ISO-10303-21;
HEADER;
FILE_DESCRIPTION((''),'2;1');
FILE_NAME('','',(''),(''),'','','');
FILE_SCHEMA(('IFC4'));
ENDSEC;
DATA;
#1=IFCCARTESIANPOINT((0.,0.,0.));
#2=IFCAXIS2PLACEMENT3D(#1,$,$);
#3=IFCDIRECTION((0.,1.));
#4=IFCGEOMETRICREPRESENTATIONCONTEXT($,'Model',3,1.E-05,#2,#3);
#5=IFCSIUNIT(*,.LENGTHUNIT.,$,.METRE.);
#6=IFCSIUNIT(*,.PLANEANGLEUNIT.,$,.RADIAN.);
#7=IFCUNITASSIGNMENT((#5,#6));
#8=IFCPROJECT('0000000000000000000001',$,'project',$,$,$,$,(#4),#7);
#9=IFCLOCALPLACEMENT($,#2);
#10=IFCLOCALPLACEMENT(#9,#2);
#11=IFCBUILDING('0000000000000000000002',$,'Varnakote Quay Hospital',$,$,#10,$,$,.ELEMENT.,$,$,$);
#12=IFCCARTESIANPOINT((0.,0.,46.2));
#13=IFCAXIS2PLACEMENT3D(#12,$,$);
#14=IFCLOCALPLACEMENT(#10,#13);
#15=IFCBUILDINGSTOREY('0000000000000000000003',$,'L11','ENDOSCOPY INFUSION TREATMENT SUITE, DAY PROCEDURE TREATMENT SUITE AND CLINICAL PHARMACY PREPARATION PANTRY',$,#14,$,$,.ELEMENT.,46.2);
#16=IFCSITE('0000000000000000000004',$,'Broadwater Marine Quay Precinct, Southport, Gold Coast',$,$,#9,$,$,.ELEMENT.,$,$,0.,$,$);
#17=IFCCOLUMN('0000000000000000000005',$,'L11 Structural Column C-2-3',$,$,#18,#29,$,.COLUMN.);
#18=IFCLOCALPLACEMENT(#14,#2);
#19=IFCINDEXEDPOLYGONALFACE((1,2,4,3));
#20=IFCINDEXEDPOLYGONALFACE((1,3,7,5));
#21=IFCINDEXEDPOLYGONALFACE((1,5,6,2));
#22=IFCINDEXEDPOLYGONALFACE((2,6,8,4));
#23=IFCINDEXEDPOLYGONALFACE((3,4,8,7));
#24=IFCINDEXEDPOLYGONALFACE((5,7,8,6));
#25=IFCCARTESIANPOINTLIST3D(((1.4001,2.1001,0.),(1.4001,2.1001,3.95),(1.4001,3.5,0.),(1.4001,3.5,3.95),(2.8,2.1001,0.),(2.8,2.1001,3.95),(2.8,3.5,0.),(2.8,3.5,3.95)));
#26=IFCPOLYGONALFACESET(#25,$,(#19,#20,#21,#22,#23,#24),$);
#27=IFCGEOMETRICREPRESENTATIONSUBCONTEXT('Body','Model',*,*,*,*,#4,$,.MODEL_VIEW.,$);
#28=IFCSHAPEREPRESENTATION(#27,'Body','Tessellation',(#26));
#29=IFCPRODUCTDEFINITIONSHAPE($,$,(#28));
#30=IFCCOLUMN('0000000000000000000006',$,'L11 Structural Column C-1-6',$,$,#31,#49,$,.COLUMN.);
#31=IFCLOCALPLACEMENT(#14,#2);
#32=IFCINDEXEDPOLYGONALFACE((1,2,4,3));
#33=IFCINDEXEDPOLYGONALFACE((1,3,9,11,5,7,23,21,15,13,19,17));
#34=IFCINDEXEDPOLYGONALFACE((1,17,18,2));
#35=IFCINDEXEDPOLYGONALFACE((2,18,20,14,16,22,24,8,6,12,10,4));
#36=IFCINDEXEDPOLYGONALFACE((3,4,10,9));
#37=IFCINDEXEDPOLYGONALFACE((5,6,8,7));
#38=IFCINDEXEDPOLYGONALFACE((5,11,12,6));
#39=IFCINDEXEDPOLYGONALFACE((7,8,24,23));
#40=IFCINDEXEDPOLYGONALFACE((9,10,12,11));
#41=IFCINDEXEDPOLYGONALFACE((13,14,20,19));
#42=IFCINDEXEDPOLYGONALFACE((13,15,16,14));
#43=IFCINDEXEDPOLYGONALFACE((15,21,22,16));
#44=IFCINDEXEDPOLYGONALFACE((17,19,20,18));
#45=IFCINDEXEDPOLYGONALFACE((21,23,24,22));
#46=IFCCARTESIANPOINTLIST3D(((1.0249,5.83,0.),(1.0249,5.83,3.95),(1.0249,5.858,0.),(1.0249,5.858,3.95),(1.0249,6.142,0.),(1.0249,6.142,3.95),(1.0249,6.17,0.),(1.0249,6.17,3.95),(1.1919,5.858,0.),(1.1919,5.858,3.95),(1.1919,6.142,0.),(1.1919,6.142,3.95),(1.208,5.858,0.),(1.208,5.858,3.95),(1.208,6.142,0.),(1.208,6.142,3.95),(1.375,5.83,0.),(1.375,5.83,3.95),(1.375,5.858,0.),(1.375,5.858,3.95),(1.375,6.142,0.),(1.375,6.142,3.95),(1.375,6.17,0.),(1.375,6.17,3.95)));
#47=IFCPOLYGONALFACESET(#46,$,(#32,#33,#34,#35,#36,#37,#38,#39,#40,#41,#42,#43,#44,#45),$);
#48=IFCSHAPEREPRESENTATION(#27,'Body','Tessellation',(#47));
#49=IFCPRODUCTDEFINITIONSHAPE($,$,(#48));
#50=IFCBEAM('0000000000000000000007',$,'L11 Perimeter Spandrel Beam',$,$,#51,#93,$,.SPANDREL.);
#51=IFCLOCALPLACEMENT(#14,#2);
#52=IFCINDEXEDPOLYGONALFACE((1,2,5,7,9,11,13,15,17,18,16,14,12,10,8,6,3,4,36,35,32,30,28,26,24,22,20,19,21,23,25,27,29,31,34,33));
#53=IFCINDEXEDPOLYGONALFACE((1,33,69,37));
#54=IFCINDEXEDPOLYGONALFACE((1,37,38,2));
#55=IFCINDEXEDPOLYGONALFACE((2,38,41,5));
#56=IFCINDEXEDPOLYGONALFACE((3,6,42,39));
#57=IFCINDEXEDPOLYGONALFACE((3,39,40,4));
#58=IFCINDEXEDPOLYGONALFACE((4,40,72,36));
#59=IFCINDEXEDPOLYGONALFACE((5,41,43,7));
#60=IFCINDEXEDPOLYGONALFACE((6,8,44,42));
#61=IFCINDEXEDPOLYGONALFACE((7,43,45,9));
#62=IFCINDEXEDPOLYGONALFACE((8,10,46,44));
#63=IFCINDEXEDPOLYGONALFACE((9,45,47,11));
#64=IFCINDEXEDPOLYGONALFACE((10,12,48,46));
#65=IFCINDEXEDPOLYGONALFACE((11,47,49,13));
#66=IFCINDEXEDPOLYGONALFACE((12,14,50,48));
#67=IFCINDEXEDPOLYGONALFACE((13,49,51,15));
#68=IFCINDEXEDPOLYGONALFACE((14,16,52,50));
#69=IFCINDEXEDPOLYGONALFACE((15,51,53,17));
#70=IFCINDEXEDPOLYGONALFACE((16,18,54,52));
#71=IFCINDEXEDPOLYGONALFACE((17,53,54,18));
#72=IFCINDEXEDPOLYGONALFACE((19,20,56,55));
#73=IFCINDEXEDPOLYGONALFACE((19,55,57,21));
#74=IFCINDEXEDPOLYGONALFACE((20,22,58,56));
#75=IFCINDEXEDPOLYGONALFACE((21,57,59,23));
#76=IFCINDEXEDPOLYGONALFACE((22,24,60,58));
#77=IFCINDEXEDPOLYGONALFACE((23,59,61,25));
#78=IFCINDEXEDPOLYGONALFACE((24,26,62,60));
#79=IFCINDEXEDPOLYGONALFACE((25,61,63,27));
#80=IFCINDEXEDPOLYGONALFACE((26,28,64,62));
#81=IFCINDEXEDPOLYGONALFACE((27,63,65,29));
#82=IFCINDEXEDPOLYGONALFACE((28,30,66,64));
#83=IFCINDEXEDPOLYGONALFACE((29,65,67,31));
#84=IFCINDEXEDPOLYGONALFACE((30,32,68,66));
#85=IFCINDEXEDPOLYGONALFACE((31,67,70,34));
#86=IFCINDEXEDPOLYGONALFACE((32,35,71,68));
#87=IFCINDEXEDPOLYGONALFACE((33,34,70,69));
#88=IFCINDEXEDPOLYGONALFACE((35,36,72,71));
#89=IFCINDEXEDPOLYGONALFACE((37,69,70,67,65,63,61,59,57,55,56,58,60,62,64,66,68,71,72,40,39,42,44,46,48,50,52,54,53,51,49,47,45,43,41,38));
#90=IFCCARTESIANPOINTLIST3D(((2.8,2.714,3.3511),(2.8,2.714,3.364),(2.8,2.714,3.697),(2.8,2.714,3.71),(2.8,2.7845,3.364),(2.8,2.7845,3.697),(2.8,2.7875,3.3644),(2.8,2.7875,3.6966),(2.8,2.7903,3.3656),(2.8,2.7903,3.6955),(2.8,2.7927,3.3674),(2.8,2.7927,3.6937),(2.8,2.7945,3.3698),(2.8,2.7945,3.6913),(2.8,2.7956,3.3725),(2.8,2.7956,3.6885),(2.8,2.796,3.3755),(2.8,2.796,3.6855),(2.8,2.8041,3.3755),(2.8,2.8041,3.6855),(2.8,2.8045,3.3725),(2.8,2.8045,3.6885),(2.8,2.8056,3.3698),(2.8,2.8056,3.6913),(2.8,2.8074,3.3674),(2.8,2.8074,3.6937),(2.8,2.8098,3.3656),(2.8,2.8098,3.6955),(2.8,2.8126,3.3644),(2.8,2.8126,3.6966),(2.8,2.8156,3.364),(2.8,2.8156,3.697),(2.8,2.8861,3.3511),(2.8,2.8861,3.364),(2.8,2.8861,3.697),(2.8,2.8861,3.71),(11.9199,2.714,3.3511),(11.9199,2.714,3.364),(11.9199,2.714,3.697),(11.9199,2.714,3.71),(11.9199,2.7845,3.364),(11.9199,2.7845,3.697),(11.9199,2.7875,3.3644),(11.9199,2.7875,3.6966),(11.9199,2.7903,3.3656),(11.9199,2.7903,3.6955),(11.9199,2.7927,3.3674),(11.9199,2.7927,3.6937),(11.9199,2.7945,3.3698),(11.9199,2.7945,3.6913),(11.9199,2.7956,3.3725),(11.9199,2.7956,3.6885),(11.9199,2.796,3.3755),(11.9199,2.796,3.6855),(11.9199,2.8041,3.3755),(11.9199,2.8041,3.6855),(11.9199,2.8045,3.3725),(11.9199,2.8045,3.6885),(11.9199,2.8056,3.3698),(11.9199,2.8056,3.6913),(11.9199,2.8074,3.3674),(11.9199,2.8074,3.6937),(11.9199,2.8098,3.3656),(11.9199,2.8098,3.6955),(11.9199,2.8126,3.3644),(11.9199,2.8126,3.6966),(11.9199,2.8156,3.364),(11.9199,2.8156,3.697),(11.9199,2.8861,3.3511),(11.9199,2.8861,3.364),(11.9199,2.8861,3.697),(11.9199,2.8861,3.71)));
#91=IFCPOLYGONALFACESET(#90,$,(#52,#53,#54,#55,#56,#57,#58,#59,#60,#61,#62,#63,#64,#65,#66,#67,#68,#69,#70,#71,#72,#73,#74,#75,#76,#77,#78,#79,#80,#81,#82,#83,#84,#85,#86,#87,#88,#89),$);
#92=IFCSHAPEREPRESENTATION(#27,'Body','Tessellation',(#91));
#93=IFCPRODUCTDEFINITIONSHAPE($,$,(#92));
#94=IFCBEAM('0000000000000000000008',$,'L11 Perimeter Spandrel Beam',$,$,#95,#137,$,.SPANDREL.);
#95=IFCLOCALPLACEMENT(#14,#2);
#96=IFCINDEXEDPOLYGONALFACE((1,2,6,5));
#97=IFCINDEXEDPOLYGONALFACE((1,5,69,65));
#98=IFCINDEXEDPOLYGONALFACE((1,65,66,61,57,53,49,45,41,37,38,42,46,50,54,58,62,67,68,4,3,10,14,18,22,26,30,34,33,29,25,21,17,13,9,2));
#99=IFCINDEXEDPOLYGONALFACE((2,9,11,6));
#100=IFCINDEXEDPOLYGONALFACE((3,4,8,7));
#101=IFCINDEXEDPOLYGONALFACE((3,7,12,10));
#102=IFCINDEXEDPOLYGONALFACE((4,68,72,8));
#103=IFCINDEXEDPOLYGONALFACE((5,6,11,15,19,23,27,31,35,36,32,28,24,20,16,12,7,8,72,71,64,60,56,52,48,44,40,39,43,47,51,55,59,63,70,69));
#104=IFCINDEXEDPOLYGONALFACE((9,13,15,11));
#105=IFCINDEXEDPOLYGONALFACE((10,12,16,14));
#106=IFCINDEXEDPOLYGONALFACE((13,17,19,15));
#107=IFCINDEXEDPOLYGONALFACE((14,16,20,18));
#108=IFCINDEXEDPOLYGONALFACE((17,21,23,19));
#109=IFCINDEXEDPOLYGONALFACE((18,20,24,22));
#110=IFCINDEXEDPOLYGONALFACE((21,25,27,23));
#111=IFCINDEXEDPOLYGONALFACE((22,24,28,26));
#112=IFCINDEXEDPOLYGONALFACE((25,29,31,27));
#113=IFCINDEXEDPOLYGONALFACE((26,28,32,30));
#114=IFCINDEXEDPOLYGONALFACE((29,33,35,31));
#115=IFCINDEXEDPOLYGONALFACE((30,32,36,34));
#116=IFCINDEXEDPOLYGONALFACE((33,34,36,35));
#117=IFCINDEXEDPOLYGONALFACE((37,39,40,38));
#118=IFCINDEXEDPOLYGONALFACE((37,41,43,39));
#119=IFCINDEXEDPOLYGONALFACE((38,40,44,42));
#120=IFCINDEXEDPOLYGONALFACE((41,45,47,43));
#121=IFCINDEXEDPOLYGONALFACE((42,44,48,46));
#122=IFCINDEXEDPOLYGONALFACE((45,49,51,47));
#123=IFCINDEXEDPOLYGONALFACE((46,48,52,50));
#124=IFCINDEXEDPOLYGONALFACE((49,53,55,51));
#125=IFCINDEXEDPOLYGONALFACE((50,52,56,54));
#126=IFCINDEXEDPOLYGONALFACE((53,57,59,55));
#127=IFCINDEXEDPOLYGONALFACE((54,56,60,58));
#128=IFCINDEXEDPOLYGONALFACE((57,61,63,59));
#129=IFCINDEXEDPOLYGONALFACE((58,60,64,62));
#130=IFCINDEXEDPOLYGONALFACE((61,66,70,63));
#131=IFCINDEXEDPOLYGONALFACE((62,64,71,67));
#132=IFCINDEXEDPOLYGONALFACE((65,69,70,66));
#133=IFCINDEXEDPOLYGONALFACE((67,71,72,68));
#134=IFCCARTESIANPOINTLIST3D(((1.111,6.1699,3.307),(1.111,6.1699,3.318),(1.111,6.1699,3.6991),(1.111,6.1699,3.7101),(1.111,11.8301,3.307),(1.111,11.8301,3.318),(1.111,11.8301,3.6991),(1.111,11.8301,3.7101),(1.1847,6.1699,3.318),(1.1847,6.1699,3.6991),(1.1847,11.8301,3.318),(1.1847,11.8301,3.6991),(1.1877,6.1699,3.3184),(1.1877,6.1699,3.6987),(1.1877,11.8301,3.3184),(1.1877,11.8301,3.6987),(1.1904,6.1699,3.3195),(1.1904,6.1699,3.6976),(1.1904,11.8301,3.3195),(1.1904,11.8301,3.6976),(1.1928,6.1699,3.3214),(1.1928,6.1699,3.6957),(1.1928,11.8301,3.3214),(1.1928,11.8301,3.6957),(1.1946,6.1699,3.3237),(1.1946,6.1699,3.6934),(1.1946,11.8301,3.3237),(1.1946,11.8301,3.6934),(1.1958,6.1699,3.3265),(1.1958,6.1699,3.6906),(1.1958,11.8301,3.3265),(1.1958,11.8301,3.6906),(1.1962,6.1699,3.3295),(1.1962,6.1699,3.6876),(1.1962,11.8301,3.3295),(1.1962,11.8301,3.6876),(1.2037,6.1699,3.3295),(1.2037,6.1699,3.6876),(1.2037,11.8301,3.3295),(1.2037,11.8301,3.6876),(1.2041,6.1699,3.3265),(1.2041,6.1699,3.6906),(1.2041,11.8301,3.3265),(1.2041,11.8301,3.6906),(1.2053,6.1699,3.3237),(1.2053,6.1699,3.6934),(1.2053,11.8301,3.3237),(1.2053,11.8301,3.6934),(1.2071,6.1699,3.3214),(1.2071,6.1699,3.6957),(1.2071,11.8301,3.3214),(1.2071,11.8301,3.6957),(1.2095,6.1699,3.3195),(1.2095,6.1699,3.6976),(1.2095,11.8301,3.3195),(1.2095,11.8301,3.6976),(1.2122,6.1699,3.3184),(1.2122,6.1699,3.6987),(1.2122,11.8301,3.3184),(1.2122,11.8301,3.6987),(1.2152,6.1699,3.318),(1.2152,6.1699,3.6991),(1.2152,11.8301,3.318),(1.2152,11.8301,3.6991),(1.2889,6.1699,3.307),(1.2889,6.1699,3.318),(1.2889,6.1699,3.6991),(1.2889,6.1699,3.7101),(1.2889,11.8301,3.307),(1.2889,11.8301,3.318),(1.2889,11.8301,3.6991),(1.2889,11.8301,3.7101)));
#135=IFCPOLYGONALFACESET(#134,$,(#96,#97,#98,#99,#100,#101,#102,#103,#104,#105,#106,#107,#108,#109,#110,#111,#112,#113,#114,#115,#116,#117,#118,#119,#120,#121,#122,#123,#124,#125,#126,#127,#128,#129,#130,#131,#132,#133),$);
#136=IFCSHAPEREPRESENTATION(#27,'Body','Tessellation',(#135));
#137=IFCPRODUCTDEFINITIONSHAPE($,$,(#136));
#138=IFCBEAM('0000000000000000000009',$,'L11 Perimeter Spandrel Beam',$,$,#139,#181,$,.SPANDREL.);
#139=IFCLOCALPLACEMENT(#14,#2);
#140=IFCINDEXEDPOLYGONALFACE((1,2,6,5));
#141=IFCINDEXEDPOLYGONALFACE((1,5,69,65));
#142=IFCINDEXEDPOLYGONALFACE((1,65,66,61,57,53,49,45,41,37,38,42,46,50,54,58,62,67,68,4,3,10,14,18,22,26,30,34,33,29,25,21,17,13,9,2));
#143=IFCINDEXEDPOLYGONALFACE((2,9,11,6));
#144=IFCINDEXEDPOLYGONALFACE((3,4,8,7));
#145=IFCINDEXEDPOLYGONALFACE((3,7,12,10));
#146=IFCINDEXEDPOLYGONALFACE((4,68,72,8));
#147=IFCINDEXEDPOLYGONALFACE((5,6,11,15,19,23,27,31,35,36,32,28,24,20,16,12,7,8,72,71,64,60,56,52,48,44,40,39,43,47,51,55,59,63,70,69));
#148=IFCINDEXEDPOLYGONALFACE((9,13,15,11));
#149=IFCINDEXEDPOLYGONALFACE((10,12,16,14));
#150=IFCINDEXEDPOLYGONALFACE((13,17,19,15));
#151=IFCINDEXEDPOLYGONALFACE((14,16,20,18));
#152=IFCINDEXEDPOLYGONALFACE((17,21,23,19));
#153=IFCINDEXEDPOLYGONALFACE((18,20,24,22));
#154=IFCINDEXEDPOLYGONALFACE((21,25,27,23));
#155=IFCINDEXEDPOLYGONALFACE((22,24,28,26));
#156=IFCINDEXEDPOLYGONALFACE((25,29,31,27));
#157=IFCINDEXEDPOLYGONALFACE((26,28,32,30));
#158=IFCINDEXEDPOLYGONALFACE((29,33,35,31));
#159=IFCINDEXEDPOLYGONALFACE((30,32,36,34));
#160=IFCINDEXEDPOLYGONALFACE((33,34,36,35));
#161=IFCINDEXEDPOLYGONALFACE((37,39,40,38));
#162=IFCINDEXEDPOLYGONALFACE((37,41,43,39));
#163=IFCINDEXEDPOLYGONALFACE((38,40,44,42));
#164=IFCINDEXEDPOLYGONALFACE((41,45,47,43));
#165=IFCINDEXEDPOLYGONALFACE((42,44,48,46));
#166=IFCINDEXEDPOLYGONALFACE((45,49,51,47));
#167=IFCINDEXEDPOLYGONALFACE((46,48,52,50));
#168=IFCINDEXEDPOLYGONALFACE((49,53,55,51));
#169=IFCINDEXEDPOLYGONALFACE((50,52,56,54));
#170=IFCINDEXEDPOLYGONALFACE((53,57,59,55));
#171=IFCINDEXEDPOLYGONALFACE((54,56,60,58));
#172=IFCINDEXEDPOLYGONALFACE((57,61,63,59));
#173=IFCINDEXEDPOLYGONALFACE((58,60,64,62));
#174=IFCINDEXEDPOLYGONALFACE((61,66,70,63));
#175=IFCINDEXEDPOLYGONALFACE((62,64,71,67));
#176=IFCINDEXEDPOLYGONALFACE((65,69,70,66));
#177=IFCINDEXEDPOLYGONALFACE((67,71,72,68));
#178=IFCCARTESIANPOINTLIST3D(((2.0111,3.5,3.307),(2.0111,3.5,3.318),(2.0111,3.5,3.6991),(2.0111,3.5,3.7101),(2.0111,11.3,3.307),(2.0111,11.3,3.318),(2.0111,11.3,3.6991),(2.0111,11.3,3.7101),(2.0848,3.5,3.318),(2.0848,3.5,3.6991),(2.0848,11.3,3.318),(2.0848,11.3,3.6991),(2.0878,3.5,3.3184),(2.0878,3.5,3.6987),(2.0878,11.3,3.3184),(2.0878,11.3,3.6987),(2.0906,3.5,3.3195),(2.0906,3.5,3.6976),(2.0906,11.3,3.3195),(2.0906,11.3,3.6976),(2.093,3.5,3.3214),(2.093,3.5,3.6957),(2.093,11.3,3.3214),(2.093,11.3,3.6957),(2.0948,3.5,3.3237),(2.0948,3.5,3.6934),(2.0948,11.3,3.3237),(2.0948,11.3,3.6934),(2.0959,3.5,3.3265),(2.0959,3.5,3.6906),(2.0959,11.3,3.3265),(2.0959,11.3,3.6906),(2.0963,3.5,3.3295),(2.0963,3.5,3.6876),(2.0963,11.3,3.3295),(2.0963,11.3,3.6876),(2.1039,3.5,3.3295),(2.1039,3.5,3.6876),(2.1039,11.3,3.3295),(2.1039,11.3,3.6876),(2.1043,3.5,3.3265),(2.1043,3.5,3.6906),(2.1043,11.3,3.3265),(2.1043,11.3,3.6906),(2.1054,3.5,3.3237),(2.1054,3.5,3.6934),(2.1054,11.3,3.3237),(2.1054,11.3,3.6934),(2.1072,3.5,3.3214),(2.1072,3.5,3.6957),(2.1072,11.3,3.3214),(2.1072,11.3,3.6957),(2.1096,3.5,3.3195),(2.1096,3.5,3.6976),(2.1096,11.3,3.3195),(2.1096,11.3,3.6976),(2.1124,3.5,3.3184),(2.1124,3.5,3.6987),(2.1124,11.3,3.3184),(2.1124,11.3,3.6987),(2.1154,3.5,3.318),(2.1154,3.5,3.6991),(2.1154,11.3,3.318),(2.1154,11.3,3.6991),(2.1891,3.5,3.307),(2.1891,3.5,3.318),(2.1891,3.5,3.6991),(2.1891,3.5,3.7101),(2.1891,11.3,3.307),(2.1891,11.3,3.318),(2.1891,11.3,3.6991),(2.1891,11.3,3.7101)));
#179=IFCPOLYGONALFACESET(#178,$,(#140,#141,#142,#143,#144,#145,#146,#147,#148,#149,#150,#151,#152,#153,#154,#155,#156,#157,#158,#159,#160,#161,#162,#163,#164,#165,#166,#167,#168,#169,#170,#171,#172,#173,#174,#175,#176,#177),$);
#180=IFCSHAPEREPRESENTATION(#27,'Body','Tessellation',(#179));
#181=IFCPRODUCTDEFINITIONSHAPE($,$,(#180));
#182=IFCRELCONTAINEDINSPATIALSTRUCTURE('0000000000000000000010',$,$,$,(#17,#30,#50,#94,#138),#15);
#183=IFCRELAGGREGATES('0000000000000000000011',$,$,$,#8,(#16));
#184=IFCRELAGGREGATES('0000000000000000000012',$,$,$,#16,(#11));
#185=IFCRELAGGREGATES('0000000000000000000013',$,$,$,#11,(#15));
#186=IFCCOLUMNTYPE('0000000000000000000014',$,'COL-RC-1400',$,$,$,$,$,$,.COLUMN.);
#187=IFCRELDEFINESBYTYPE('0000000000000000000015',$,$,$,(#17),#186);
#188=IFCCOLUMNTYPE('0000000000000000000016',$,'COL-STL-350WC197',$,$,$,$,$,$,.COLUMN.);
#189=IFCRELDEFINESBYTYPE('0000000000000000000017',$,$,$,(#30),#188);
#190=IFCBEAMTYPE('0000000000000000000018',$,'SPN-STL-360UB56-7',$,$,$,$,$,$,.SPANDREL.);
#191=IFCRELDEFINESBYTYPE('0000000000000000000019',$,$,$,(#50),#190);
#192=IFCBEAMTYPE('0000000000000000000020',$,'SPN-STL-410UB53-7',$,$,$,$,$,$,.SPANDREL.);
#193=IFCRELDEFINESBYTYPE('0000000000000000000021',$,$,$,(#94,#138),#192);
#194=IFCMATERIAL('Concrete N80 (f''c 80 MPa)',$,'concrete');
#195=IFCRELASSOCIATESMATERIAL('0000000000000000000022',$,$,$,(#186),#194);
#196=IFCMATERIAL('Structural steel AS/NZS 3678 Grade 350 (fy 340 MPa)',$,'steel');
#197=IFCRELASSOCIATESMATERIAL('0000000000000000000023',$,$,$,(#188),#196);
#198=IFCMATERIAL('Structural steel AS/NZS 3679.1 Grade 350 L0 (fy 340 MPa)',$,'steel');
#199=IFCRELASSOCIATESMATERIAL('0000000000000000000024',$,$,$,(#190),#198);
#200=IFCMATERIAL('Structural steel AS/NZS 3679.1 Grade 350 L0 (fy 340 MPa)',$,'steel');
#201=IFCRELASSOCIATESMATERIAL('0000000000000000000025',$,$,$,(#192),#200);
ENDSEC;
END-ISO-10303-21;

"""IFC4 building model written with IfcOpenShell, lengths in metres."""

from ifc_helpers import new_model, si_unit, direction, frame, origin, origin_2d, place, context, subcontext, project, spatial, rectangle, i_section, extrude, material, material_profile, profile_set, type_object, element, save


model = new_model("IFC4")

# Units and contexts
model_context = context("Model", 3, precision=1e-05, world=origin(), true_north=direction((0.0, 1.0)))
body_context = subcontext(model_context, "Body", "Model", "MODEL_VIEW")
ifc_project = project(units=[si_unit("LENGTHUNIT", "METRE"), si_unit("PLANEANGLEUNIT", "RADIAN")], contexts=[model_context])

# Site, building, storey
site_placement = place(None, origin())
site = spatial("IfcSite", under=ifc_project, at=site_placement, Name="Broadwater Marine Quay Precinct, Southport, Gold Coast", CompositionType="ELEMENT", RefElevation=0.0)
building_placement = place(site_placement, origin())
building = spatial("IfcBuilding", under=site, at=building_placement, Name="Varnakote Quay Hospital", CompositionType="ELEMENT")
storey_placement = place(building_placement, frame((0.0, 0.0, 46.2)))
storey = spatial("IfcBuildingStorey", under=building, at=storey_placement, Name="L11", Description="ENDOSCOPY INFUSION TREATMENT SUITE, DAY PROCEDURE TREATMENT SUITE AND CLINICAL PHARMACY PREPARATION PANTRY", CompositionType="ELEMENT", Elevation=46.2)

# Columns
ifc_material_1 = material(Name="Concrete N80 (f'c 80 MPa)", Category="concrete")
ifc_material_profile_1 = material_profile(ifc_material_1, rectangle(XDim=1.3999, YDim=1.3999, at=origin_2d()), Name="RC-COL-1400x1400")
ifc_profile_set_1 = profile_set([ifc_material_profile_1], Name="Concrete N80 (f'c 80 MPa)")
column_type_1 = type_object("IfcColumnType", Name="COL-RC-1400", PredefinedType="COLUMN", material=ifc_profile_set_1)
column_1_placement = place(storey_placement, frame((2.1001, 2.8, 0.0), z_axis=(0.0, 0.0, 1.0), x_axis=(1.0, 0.0, 0.0)))
element("IfcColumn", 1, at=column_1_placement, inside=storey, type_object=column_type_1, Name="L11 Structural Column C-2-3", PredefinedType="COLUMN", context=body_context, shape_type="SweptSolid", body=[
    extrude(rectangle(XDim=1.3999, YDim=1.3999, at=origin_2d()), origin(), (0.0, 0.0, 1.0), 3.95),
])
ifc_material_2 = material(Name="Structural steel AS/NZS 3678 Grade 350 (fy 340 MPa)", Category="steel")
ifc_material_profile_2 = material_profile(ifc_material_2, i_section(OverallWidth=0.3501, OverallDepth=0.3401, WebThickness=0.0161, FlangeThickness=0.0281, at=origin_2d()), Name="350WC197")
ifc_profile_set_2 = profile_set([ifc_material_profile_2], Name="Structural steel AS/NZS 3678 Grade 350 (fy 340 MPa)")
column_type_2 = type_object("IfcColumnType", Name="COL-STL-350WC197", PredefinedType="COLUMN", material=ifc_profile_set_2)
column_2_placement = place(storey_placement, frame((1.2, 6.0, 0.0), z_axis=(0.0, 0.0, 1.0), x_axis=(1.0, 0.0, 0.0)))
element("IfcColumn", 2, at=column_2_placement, inside=storey, type_object=column_type_2, Name="L11 Structural Column C-1-6", PredefinedType="COLUMN", context=body_context, shape_type="SweptSolid", body=[
    extrude(i_section(OverallWidth=0.3501, OverallDepth=0.3401, WebThickness=0.0161, FlangeThickness=0.0281, at=origin_2d()), origin(), (0.0, 0.0, 1.0), 3.95),
])

# Beams
ifc_material_3 = material(Name="Structural steel AS/NZS 3679.1 Grade 350 L0 (fy 340 MPa)", Category="steel")
ifc_material_profile_3 = material_profile(ifc_material_3, i_section(OverallWidth=0.1721, OverallDepth=0.3589, WebThickness=0.0081, FlangeThickness=0.0129, FilletRadius=0.0115, at=origin_2d()), Name="360UB56.7")
ifc_profile_set_3 = profile_set([ifc_material_profile_3], Name="Structural steel AS/NZS 3679.1 Grade 350 L0 (fy 340 MPa)")
beam_type_1 = type_object("IfcBeamType", Name="SPN-STL-360UB56-7", PredefinedType="SPANDREL", material=ifc_profile_set_3)
beam_1_placement = place(storey_placement, frame((2.8, 2.8, 3.5305), z_axis=(1.0, 0.0, 0.0), x_axis=(0.0, 1.0, 0.0)))
element("IfcBeam", 3, at=beam_1_placement, inside=storey, type_object=beam_type_1, Name="L11 Perimeter Spandrel Beam", PredefinedType="SPANDREL", context=body_context, shape_type="SweptSolid", body=[
    extrude(i_section(OverallWidth=0.1721, OverallDepth=0.3589, WebThickness=0.0081, FlangeThickness=0.0129, FilletRadius=0.0115, at=origin_2d()), origin(), (0.0, 0.0, 1.0), 9.1199),
])
ifc_material_4 = material(Name="Structural steel AS/NZS 3679.1 Grade 350 L0 (fy 340 MPa)", Category="steel")
ifc_material_profile_4 = material_profile(ifc_material_4, i_section(OverallWidth=0.178, OverallDepth=0.4031, WebThickness=0.0076, FlangeThickness=0.011, FilletRadius=0.0115, at=origin_2d()), Name="410UB53.7")
ifc_profile_set_4 = profile_set([ifc_material_profile_4], Name="Structural steel AS/NZS 3679.1 Grade 350 L0 (fy 340 MPa)")
beam_type_2 = type_object("IfcBeamType", Name="SPN-STL-410UB53-7", PredefinedType="SPANDREL", material=ifc_profile_set_4)
beam_2_placement = place(storey_placement, frame((1.2, 6.1699, 3.5085), z_axis=(0.0, 1.0, 0.0), x_axis=(-1.0, 0.0, 0.0)))
element("IfcBeam", 4, at=beam_2_placement, inside=storey, type_object=beam_type_2, Name="L11 Perimeter Spandrel Beam", PredefinedType="SPANDREL", context=body_context, shape_type="SweptSolid", body=[
    extrude(i_section(OverallWidth=0.178, OverallDepth=0.4031, WebThickness=0.0076, FlangeThickness=0.011, FilletRadius=0.0115, at=origin_2d()), origin(), (0.0, 0.0, 1.0), 5.6602),
])
beam_3_placement = place(storey_placement, frame((2.1001, 3.5, 3.5085), z_axis=(0.0, 1.0, 0.0), x_axis=(-1.0, 0.0, 0.0)))
element("IfcBeam", 5, at=beam_3_placement, inside=storey, type_object=beam_type_2, Name="L11 Perimeter Spandrel Beam", PredefinedType="SPANDREL", context=body_context, shape_type="SweptSolid", body=[
    extrude(i_section(OverallWidth=0.178, OverallDepth=0.4031, WebThickness=0.0076, FlangeThickness=0.011, FilletRadius=0.0115, at=origin_2d()), origin(), (0.0, 0.0, 1.0), 7.8),
])

save(model, "model.ifc")
